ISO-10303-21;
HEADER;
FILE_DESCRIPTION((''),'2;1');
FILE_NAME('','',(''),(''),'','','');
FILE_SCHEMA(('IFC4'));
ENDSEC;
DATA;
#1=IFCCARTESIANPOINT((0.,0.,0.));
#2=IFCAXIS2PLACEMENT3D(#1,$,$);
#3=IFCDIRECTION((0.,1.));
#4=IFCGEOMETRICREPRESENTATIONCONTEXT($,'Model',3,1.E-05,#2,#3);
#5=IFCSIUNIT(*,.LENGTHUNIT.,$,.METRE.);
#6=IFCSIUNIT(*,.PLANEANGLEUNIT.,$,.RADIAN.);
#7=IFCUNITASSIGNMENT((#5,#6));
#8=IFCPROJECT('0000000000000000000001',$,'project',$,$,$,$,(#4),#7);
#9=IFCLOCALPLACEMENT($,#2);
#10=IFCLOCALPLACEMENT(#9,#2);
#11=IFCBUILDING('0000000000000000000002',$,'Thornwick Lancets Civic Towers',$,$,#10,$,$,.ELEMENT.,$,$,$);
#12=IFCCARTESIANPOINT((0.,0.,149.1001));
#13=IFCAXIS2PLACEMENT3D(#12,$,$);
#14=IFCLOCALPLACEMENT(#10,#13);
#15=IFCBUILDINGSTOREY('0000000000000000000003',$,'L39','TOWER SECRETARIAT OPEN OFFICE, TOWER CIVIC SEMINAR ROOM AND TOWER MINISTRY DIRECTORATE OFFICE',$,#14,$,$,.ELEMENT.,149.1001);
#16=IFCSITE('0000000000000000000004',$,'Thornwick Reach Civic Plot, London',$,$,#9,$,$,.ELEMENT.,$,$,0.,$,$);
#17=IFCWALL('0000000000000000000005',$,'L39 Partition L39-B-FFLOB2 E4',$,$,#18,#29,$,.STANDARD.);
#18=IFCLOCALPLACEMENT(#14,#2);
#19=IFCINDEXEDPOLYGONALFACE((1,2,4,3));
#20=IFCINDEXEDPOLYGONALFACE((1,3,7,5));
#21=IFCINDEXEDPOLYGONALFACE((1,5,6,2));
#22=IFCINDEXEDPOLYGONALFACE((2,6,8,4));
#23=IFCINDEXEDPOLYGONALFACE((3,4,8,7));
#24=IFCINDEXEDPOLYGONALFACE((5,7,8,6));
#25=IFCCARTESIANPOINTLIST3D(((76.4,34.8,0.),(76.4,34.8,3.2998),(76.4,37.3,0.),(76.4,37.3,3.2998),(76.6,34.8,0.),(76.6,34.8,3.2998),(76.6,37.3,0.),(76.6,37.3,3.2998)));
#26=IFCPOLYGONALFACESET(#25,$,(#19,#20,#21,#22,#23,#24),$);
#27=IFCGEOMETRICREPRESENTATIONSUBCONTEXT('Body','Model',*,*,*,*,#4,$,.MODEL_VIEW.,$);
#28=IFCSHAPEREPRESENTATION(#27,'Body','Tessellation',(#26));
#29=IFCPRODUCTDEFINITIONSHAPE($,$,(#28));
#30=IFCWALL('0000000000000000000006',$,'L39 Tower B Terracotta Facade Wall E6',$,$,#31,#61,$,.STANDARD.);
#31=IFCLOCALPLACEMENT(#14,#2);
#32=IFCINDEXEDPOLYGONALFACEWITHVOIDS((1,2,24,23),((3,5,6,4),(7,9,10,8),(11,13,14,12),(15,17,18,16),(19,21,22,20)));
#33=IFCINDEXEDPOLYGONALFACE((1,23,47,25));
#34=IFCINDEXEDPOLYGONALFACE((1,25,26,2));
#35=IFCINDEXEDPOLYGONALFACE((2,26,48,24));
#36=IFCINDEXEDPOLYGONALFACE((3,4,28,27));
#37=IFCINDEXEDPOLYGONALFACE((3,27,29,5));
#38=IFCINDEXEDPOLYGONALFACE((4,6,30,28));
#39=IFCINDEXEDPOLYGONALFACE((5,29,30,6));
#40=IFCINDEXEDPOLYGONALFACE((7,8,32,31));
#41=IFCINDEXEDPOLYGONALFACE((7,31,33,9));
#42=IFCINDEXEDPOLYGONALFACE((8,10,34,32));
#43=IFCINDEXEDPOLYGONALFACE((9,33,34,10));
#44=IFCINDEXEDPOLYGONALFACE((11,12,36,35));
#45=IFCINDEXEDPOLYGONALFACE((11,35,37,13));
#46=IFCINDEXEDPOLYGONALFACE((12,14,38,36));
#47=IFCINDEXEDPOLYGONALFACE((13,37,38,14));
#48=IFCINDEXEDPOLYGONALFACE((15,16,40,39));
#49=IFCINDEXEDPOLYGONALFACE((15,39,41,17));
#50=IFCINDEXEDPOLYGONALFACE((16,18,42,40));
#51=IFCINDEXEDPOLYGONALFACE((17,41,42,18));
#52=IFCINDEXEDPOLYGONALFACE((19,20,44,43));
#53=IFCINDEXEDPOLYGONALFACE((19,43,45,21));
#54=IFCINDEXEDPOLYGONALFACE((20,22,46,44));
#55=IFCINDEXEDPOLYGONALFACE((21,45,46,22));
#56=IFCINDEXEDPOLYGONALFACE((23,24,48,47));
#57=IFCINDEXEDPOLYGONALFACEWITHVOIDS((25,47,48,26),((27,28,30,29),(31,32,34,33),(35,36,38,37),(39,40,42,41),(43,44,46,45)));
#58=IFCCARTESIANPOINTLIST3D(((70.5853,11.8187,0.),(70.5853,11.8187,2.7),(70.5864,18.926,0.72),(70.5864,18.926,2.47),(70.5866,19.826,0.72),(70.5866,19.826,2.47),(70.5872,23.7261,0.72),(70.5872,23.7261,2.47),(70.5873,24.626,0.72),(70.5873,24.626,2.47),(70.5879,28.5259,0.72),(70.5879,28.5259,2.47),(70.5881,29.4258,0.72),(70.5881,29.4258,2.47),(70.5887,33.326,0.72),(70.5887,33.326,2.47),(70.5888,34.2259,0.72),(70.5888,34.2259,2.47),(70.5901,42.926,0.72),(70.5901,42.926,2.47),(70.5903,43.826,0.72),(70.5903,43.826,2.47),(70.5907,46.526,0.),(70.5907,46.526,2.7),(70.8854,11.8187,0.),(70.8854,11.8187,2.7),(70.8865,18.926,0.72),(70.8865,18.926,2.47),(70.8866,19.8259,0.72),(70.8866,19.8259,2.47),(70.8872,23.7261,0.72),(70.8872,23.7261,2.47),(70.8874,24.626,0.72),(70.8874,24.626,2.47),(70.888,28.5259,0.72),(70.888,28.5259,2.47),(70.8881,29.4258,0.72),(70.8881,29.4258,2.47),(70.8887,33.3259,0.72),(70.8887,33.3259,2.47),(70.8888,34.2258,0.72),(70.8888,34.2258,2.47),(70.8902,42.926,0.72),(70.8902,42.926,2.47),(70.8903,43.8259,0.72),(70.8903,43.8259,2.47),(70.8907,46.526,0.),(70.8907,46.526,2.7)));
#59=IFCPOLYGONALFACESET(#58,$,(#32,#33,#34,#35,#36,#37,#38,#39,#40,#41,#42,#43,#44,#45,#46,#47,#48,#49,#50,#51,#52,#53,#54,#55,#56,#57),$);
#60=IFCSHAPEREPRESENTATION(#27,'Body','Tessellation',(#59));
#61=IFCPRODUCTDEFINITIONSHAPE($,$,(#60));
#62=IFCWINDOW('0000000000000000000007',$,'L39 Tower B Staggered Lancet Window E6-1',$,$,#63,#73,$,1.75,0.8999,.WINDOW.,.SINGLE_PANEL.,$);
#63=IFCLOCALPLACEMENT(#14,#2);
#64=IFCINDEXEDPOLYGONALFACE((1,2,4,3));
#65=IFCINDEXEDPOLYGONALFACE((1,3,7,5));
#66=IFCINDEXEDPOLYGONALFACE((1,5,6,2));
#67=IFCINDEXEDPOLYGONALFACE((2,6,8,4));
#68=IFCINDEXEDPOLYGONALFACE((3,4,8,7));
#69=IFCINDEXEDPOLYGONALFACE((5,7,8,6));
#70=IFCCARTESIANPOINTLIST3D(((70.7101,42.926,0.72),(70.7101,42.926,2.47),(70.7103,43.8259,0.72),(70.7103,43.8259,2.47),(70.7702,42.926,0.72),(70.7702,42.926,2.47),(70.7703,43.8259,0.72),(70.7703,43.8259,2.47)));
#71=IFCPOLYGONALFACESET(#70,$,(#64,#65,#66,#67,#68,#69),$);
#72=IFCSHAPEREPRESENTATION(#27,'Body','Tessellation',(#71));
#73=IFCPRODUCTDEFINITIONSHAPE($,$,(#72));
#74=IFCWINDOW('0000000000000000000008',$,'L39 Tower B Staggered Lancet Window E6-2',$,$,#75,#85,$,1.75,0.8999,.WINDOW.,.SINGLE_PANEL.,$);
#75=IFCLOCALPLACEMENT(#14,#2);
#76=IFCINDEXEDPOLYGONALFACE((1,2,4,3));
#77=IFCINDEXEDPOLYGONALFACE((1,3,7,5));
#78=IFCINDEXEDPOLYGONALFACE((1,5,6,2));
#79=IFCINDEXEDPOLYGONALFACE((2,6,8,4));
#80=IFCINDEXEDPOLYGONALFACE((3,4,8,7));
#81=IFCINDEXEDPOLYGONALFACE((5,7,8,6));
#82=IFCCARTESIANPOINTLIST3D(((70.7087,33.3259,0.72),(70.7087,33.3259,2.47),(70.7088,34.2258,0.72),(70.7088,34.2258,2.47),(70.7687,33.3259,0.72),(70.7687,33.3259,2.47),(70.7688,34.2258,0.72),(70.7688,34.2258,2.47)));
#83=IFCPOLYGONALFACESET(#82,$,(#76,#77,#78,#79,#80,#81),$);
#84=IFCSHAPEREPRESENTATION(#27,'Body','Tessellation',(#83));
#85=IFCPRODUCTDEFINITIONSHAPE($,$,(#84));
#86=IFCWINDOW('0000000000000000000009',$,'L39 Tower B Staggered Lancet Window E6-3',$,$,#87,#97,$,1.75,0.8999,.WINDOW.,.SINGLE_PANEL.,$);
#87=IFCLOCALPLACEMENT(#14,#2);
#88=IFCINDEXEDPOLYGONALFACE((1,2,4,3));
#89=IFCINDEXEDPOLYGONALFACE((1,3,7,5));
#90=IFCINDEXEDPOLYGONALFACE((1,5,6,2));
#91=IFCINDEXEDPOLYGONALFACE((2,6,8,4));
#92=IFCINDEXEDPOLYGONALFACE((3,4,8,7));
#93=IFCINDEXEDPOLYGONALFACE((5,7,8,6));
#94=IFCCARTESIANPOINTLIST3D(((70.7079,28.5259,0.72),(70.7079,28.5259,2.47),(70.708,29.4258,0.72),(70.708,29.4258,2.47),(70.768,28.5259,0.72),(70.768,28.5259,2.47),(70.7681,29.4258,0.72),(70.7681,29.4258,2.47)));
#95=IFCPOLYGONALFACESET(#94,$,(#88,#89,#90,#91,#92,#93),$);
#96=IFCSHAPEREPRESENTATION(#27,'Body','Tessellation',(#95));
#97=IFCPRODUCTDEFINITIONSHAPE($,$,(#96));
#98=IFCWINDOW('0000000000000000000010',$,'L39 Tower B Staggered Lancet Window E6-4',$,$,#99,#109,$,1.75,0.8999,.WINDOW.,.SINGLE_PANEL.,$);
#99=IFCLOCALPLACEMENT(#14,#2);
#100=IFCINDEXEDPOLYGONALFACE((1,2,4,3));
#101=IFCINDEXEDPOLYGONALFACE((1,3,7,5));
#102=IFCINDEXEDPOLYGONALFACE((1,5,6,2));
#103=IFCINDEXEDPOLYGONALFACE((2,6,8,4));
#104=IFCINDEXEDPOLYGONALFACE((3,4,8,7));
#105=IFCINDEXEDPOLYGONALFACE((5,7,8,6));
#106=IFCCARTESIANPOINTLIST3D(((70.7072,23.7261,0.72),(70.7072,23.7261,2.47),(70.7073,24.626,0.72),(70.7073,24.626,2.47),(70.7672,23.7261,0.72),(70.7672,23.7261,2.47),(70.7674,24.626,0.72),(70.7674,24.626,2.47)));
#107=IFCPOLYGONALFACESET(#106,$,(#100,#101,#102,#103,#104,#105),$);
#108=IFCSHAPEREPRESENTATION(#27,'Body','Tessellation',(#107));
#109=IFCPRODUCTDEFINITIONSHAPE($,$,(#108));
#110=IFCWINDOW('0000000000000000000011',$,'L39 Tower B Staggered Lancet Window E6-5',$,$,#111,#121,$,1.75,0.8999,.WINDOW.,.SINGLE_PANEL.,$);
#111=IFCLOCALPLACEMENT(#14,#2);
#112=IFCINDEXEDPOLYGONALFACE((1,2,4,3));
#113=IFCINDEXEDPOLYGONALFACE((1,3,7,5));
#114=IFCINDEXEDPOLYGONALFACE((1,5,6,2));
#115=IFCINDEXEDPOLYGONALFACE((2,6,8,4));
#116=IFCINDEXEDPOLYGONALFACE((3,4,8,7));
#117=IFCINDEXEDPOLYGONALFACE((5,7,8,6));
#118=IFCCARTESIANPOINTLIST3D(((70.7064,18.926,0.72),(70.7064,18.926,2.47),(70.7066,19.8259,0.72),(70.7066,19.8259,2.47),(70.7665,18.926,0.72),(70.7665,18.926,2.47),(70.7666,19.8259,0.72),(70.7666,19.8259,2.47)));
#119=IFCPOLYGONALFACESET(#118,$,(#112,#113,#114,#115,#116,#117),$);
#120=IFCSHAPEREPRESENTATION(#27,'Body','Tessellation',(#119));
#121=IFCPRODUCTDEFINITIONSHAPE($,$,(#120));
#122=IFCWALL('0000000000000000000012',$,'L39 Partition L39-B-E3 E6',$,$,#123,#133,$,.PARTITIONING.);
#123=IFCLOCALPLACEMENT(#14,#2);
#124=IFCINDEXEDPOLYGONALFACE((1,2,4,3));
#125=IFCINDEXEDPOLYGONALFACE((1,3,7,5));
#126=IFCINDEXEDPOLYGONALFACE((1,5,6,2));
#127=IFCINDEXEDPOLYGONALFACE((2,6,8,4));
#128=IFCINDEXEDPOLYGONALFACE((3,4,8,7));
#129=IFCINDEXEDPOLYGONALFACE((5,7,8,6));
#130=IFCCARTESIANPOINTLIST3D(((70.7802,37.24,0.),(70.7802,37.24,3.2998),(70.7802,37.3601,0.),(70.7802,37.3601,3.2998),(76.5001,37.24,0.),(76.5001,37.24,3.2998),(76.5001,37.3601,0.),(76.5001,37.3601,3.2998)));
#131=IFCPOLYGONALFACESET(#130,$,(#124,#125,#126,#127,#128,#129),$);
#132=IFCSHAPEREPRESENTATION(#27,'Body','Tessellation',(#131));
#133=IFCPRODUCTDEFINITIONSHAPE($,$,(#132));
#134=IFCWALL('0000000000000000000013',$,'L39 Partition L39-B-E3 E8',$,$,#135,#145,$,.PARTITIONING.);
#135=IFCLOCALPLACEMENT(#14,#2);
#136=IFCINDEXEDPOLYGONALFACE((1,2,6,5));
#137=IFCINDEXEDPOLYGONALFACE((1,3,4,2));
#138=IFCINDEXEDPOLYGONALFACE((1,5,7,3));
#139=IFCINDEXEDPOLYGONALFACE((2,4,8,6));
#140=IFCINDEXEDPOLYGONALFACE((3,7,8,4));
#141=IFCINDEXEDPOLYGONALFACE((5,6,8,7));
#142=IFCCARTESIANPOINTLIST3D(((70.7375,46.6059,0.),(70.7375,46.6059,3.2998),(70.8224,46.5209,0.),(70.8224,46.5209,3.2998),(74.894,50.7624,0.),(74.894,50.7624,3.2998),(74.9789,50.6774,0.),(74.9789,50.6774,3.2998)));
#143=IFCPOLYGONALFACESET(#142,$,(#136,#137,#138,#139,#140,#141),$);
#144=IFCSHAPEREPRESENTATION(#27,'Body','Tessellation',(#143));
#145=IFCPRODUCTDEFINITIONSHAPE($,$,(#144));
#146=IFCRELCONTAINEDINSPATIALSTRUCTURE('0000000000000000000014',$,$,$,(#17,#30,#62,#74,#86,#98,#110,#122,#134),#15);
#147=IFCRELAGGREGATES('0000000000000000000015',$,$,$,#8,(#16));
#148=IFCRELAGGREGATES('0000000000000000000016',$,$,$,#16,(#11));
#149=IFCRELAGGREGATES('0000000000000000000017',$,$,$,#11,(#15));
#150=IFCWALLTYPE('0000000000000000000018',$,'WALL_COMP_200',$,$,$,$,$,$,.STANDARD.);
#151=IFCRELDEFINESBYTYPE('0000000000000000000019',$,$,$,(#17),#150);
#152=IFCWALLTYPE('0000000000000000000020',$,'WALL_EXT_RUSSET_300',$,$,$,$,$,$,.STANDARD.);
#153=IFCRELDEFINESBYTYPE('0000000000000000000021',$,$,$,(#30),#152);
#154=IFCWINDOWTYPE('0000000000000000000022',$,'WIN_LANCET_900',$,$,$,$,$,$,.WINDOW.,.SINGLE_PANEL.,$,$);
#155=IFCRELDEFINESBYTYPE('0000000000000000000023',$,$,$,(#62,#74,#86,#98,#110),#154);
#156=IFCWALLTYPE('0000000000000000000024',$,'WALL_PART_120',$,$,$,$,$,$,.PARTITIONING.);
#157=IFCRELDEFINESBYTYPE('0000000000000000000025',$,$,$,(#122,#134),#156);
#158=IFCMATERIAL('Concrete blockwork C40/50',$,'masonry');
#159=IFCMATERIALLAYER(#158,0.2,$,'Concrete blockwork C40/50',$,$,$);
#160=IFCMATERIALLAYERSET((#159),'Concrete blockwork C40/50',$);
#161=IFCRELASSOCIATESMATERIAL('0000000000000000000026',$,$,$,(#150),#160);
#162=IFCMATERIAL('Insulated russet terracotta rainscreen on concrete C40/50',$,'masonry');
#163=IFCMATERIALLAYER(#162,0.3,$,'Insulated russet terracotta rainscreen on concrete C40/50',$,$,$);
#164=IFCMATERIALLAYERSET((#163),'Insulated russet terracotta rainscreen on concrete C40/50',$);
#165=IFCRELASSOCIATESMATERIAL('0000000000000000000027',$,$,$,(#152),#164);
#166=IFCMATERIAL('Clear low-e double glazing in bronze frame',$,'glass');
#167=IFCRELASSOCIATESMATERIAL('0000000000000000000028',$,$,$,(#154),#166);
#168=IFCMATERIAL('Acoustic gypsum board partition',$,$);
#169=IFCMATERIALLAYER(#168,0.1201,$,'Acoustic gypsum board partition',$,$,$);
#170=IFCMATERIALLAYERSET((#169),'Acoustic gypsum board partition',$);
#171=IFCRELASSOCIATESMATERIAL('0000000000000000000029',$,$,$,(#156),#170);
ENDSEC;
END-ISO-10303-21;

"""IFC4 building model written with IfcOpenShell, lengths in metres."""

from ifc_helpers import new_model, si_unit, direction, frame, frame_2d, origin, place, context, subcontext, project, spatial, rectangle, extrude, material, layer, layer_set, type_object, element, fill, save


model = new_model("IFC4")

# Units and contexts
model_context = context("Model", 3, precision=1e-05, world=origin(), true_north=direction((0.0, 1.0)))
body_context = subcontext(model_context, "Body", "Model", "MODEL_VIEW")
ifc_project = project(units=[si_unit("LENGTHUNIT", "METRE"), si_unit("PLANEANGLEUNIT", "RADIAN")], contexts=[model_context])

# Site, building, storey
site_placement = place(None, origin())
site = spatial("IfcSite", under=ifc_project, at=site_placement, Name="Thornwick Reach Civic Plot, London", CompositionType="ELEMENT", RefElevation=0.0)
building_placement = place(site_placement, origin())
building = spatial("IfcBuilding", under=site, at=building_placement, Name="Thornwick Lancets Civic Towers", CompositionType="ELEMENT")
storey_placement = place(building_placement, frame((0.0, 0.0, 149.1001)))
storey = spatial("IfcBuildingStorey", under=building, at=storey_placement, Name="L39", Description="TOWER SECRETARIAT OPEN OFFICE, TOWER CIVIC SEMINAR ROOM AND TOWER MINISTRY DIRECTORATE OFFICE", CompositionType="ELEMENT", Elevation=149.1001)

# Wall
ifc_material_1 = material(Name="Concrete blockwork C40/50", Category="masonry")
ifc_layer_1 = layer(ifc_material_1, 0.2, Name="Concrete blockwork C40/50")
ifc_layer_set_1 = layer_set([ifc_layer_1], Name="Concrete blockwork C40/50")
wall_type_1 = type_object("IfcWallType", Name="WALL_COMP_200", PredefinedType="STANDARD", material=ifc_layer_set_1)
wall_1_placement = place(storey_placement, frame((76.5, 37.3, 0.0), z_axis=(0.0, 0.0, 1.0), x_axis=(0.0, -1.0, 0.0)))
element("IfcWall", 1, at=wall_1_placement, inside=storey, type_object=wall_type_1, Name="L39 Partition L39-B-FFLOB2 E4", PredefinedType="STANDARD", context=body_context, shape_type="SweptSolid", body=[
    extrude(rectangle(XDim=2.5, YDim=0.2, at=frame_2d((1.25, 0.0))), origin(), (0.0, 0.0, 1.0), 3.2998),
])

# Wall, openings, windows
ifc_material_2 = material(Name="Insulated russet terracotta rainscreen on concrete C40/50", Category="masonry")
ifc_layer_2 = layer(ifc_material_2, 0.3, Name="Insulated russet terracotta rainscreen on concrete C40/50")
ifc_layer_set_2 = layer_set([ifc_layer_2], Name="Insulated russet terracotta rainscreen on concrete C40/50")
wall_type_2 = type_object("IfcWallType", Name="WALL_EXT_RUSSET_300", PredefinedType="STANDARD", material=ifc_layer_set_2)
wall_2_placement = place(storey_placement, frame((70.7407, 46.5259, 0.0), z_axis=(0.0, 0.0, 1.0), x_axis=(-0.000155, -1.0, 0.0)))
wall_2 = element("IfcWall", 2, at=wall_2_placement, inside=storey, type_object=wall_type_2, Name="L39 Tower B Terracotta Facade Wall E6", PredefinedType="STANDARD", context=body_context, shape_type="SweptSolid", body=[
    extrude(rectangle(XDim=34.7073, YDim=0.3, at=frame_2d((17.3535, 0.0))), origin(), (0.0, 0.0, 1.0), 2.7),
])
opening_1_placement = place(wall_2_placement, frame((2.7, 0.0, 0.72)))
opening_1 = element("IfcOpeningElement", 3, at=opening_1_placement, cuts=wall_2, PredefinedType="OPENING", context=body_context, shape_type="SweptSolid", body=[
    extrude(rectangle(XDim=0.8999, YDim=1.75, at=frame_2d((0.45, 0.875))), frame((0.0, 0.1602, 0.0), z_axis=(0.0, -1.0, 0.0), x_axis=(1.0, 0.0, 0.0)), (0.0, 0.0, 1.0), 0.3201),
])
opening_2_placement = place(wall_2_placement, frame((12.3, 0.0, 0.72)))
opening_2 = element("IfcOpeningElement", 4, at=opening_2_placement, cuts=wall_2, PredefinedType="OPENING", context=body_context, shape_type="SweptSolid", body=[
    extrude(rectangle(XDim=0.8999, YDim=1.75, at=frame_2d((0.45, 0.875))), frame((0.0, 0.1602, 0.0), z_axis=(0.0, -1.0, 0.0), x_axis=(1.0, 0.0, 0.0)), (0.0, 0.0, 1.0), 0.3201),
])
opening_3_placement = place(wall_2_placement, frame((17.1001, 0.0, 0.72)))
opening_3 = element("IfcOpeningElement", 5, at=opening_3_placement, cuts=wall_2, PredefinedType="OPENING", context=body_context, shape_type="SweptSolid", body=[
    extrude(rectangle(XDim=0.8999, YDim=1.75, at=frame_2d((0.45, 0.875))), frame((0.0, 0.1602, 0.0), z_axis=(0.0, -1.0, 0.0), x_axis=(1.0, 0.0, 0.0)), (0.0, 0.0, 1.0), 0.3201),
])
opening_4_placement = place(wall_2_placement, frame((21.8999, 0.0, 0.72)))
opening_4 = element("IfcOpeningElement", 6, at=opening_4_placement, cuts=wall_2, PredefinedType="OPENING", context=body_context, shape_type="SweptSolid", body=[
    extrude(rectangle(XDim=0.8999, YDim=1.75, at=frame_2d((0.45, 0.875))), frame((0.0, 0.1602, 0.0), z_axis=(0.0, -1.0, 0.0), x_axis=(1.0, 0.0, 0.0)), (0.0, 0.0, 1.0), 0.3201),
])
opening_5_placement = place(wall_2_placement, frame((26.7, 0.0, 0.72)))
opening_5 = element("IfcOpeningElement", 7, at=opening_5_placement, cuts=wall_2, PredefinedType="OPENING", context=body_context, shape_type="SweptSolid", body=[
    extrude(rectangle(XDim=0.8999, YDim=1.75, at=frame_2d((0.45, 0.875))), frame((0.0, 0.1602, 0.0), z_axis=(0.0, -1.0, 0.0), x_axis=(1.0, 0.0, 0.0)), (0.0, 0.0, 1.0), 0.3201),
])
ifc_material_3 = material(Name="Clear low-e double glazing in bronze frame", Category="glass")
window_type = type_object("IfcWindowType", Name="WIN_LANCET_900", PartitioningType="SINGLE_PANEL", PredefinedType="WINDOW", material=ifc_material_3)
window_1_placement = place(opening_1_placement, origin())
window_1 = element("IfcWindow", 8, at=window_1_placement, inside=storey, type_object=window_type, Name="L39 Tower B Staggered Lancet Window E6-1", OverallHeight=1.75, OverallWidth=0.8999, PartitioningType="SINGLE_PANEL", PredefinedType="WINDOW", context=body_context, shape_type="SweptSolid", body=[
    extrude(rectangle(XDim=0.8999, YDim=1.75, at=frame_2d((0.45, 0.875))), frame((0.0, 0.03, 0.0), z_axis=(0.0, -1.0, 0.0), x_axis=(1.0, 0.0, 0.0)), (0.0, 0.0, 1.0), 0.0601),
])
fill(opening_1, window_1)
window_2_placement = place(opening_2_placement, origin())
window_2 = element("IfcWindow", 9, at=window_2_placement, inside=storey, type_object=window_type, Name="L39 Tower B Staggered Lancet Window E6-2", OverallHeight=1.75, OverallWidth=0.8999, PartitioningType="SINGLE_PANEL", PredefinedType="WINDOW", context=body_context, shape_type="SweptSolid", body=[
    extrude(rectangle(XDim=0.8999, YDim=1.75, at=frame_2d((0.45, 0.875))), frame((0.0, 0.03, 0.0), z_axis=(0.0, -1.0, 0.0), x_axis=(1.0, 0.0, 0.0)), (0.0, 0.0, 1.0), 0.0601),
])
fill(opening_2, window_2)
window_3_placement = place(opening_3_placement, origin())
window_3 = element("IfcWindow", 10, at=window_3_placement, inside=storey, type_object=window_type, Name="L39 Tower B Staggered Lancet Window E6-3", OverallHeight=1.75, OverallWidth=0.8999, PartitioningType="SINGLE_PANEL", PredefinedType="WINDOW", context=body_context, shape_type="SweptSolid", body=[
    extrude(rectangle(XDim=0.8999, YDim=1.75, at=frame_2d((0.45, 0.875))), frame((0.0, 0.03, 0.0), z_axis=(0.0, -1.0, 0.0), x_axis=(1.0, 0.0, 0.0)), (0.0, 0.0, 1.0), 0.0601),
])
fill(opening_3, window_3)
window_4_placement = place(opening_4_placement, origin())
window_4 = element("IfcWindow", 11, at=window_4_placement, inside=storey, type_object=window_type, Name="L39 Tower B Staggered Lancet Window E6-4", OverallHeight=1.75, OverallWidth=0.8999, PartitioningType="SINGLE_PANEL", PredefinedType="WINDOW", context=body_context, shape_type="SweptSolid", body=[
    extrude(rectangle(XDim=0.8999, YDim=1.75, at=frame_2d((0.45, 0.875))), frame((0.0, 0.03, 0.0), z_axis=(0.0, -1.0, 0.0), x_axis=(1.0, 0.0, 0.0)), (0.0, 0.0, 1.0), 0.0601),
])
fill(opening_4, window_4)
window_5_placement = place(opening_5_placement, origin())
window_5 = element("IfcWindow", 12, at=window_5_placement, inside=storey, type_object=window_type, Name="L39 Tower B Staggered Lancet Window E6-5", OverallHeight=1.75, OverallWidth=0.8999, PartitioningType="SINGLE_PANEL", PredefinedType="WINDOW", context=body_context, shape_type="SweptSolid", body=[
    extrude(rectangle(XDim=0.8999, YDim=1.75, at=frame_2d((0.45, 0.875))), frame((0.0, 0.03, 0.0), z_axis=(0.0, -1.0, 0.0), x_axis=(1.0, 0.0, 0.0)), (0.0, 0.0, 1.0), 0.0601),
])
fill(opening_5, window_5)

# Walls
ifc_material_4 = material(Name="Acoustic gypsum board partition")
ifc_layer_3 = layer(ifc_material_4, 0.1201, Name="Acoustic gypsum board partition")
ifc_layer_set_3 = layer_set([ifc_layer_3], Name="Acoustic gypsum board partition")
wall_type_3 = type_object("IfcWallType", Name="WALL_PART_120", PredefinedType="PARTITIONING", material=ifc_layer_set_3)
wall_3_placement = place(storey_placement, frame((76.5, 37.3, 0.0), z_axis=(0.0, 0.0, 1.0), x_axis=(-1.0, 0.0, 0.0)))
element("IfcWall", 13, at=wall_3_placement, inside=storey, type_object=wall_type_3, Name="L39 Partition L39-B-E3 E6", PredefinedType="PARTITIONING", context=body_context, shape_type="SweptSolid", body=[
    extrude(rectangle(XDim=5.72, YDim=0.1201, at=frame_2d((2.8599, 0.0))), origin(), (0.0, 0.0, 1.0), 3.2998),
])
wall_4_placement = place(storey_placement, frame((70.78, 46.5635, 0.0), z_axis=(0.0, 0.0, 1.0), x_axis=(0.707107, 0.707107, 0.0)))
element("IfcWall", 14, at=wall_4_placement, inside=storey, type_object=wall_type_3, Name="L39 Partition L39-B-E3 E8", PredefinedType="PARTITIONING", context=body_context, shape_type="SweptSolid", body=[
    extrude(rectangle(XDim=5.8782, YDim=0.1201, at=frame_2d((2.939, 0.0))), origin(), (0.0, 0.0, 1.0), 3.2998),
])

save(model, "model.ifc")
